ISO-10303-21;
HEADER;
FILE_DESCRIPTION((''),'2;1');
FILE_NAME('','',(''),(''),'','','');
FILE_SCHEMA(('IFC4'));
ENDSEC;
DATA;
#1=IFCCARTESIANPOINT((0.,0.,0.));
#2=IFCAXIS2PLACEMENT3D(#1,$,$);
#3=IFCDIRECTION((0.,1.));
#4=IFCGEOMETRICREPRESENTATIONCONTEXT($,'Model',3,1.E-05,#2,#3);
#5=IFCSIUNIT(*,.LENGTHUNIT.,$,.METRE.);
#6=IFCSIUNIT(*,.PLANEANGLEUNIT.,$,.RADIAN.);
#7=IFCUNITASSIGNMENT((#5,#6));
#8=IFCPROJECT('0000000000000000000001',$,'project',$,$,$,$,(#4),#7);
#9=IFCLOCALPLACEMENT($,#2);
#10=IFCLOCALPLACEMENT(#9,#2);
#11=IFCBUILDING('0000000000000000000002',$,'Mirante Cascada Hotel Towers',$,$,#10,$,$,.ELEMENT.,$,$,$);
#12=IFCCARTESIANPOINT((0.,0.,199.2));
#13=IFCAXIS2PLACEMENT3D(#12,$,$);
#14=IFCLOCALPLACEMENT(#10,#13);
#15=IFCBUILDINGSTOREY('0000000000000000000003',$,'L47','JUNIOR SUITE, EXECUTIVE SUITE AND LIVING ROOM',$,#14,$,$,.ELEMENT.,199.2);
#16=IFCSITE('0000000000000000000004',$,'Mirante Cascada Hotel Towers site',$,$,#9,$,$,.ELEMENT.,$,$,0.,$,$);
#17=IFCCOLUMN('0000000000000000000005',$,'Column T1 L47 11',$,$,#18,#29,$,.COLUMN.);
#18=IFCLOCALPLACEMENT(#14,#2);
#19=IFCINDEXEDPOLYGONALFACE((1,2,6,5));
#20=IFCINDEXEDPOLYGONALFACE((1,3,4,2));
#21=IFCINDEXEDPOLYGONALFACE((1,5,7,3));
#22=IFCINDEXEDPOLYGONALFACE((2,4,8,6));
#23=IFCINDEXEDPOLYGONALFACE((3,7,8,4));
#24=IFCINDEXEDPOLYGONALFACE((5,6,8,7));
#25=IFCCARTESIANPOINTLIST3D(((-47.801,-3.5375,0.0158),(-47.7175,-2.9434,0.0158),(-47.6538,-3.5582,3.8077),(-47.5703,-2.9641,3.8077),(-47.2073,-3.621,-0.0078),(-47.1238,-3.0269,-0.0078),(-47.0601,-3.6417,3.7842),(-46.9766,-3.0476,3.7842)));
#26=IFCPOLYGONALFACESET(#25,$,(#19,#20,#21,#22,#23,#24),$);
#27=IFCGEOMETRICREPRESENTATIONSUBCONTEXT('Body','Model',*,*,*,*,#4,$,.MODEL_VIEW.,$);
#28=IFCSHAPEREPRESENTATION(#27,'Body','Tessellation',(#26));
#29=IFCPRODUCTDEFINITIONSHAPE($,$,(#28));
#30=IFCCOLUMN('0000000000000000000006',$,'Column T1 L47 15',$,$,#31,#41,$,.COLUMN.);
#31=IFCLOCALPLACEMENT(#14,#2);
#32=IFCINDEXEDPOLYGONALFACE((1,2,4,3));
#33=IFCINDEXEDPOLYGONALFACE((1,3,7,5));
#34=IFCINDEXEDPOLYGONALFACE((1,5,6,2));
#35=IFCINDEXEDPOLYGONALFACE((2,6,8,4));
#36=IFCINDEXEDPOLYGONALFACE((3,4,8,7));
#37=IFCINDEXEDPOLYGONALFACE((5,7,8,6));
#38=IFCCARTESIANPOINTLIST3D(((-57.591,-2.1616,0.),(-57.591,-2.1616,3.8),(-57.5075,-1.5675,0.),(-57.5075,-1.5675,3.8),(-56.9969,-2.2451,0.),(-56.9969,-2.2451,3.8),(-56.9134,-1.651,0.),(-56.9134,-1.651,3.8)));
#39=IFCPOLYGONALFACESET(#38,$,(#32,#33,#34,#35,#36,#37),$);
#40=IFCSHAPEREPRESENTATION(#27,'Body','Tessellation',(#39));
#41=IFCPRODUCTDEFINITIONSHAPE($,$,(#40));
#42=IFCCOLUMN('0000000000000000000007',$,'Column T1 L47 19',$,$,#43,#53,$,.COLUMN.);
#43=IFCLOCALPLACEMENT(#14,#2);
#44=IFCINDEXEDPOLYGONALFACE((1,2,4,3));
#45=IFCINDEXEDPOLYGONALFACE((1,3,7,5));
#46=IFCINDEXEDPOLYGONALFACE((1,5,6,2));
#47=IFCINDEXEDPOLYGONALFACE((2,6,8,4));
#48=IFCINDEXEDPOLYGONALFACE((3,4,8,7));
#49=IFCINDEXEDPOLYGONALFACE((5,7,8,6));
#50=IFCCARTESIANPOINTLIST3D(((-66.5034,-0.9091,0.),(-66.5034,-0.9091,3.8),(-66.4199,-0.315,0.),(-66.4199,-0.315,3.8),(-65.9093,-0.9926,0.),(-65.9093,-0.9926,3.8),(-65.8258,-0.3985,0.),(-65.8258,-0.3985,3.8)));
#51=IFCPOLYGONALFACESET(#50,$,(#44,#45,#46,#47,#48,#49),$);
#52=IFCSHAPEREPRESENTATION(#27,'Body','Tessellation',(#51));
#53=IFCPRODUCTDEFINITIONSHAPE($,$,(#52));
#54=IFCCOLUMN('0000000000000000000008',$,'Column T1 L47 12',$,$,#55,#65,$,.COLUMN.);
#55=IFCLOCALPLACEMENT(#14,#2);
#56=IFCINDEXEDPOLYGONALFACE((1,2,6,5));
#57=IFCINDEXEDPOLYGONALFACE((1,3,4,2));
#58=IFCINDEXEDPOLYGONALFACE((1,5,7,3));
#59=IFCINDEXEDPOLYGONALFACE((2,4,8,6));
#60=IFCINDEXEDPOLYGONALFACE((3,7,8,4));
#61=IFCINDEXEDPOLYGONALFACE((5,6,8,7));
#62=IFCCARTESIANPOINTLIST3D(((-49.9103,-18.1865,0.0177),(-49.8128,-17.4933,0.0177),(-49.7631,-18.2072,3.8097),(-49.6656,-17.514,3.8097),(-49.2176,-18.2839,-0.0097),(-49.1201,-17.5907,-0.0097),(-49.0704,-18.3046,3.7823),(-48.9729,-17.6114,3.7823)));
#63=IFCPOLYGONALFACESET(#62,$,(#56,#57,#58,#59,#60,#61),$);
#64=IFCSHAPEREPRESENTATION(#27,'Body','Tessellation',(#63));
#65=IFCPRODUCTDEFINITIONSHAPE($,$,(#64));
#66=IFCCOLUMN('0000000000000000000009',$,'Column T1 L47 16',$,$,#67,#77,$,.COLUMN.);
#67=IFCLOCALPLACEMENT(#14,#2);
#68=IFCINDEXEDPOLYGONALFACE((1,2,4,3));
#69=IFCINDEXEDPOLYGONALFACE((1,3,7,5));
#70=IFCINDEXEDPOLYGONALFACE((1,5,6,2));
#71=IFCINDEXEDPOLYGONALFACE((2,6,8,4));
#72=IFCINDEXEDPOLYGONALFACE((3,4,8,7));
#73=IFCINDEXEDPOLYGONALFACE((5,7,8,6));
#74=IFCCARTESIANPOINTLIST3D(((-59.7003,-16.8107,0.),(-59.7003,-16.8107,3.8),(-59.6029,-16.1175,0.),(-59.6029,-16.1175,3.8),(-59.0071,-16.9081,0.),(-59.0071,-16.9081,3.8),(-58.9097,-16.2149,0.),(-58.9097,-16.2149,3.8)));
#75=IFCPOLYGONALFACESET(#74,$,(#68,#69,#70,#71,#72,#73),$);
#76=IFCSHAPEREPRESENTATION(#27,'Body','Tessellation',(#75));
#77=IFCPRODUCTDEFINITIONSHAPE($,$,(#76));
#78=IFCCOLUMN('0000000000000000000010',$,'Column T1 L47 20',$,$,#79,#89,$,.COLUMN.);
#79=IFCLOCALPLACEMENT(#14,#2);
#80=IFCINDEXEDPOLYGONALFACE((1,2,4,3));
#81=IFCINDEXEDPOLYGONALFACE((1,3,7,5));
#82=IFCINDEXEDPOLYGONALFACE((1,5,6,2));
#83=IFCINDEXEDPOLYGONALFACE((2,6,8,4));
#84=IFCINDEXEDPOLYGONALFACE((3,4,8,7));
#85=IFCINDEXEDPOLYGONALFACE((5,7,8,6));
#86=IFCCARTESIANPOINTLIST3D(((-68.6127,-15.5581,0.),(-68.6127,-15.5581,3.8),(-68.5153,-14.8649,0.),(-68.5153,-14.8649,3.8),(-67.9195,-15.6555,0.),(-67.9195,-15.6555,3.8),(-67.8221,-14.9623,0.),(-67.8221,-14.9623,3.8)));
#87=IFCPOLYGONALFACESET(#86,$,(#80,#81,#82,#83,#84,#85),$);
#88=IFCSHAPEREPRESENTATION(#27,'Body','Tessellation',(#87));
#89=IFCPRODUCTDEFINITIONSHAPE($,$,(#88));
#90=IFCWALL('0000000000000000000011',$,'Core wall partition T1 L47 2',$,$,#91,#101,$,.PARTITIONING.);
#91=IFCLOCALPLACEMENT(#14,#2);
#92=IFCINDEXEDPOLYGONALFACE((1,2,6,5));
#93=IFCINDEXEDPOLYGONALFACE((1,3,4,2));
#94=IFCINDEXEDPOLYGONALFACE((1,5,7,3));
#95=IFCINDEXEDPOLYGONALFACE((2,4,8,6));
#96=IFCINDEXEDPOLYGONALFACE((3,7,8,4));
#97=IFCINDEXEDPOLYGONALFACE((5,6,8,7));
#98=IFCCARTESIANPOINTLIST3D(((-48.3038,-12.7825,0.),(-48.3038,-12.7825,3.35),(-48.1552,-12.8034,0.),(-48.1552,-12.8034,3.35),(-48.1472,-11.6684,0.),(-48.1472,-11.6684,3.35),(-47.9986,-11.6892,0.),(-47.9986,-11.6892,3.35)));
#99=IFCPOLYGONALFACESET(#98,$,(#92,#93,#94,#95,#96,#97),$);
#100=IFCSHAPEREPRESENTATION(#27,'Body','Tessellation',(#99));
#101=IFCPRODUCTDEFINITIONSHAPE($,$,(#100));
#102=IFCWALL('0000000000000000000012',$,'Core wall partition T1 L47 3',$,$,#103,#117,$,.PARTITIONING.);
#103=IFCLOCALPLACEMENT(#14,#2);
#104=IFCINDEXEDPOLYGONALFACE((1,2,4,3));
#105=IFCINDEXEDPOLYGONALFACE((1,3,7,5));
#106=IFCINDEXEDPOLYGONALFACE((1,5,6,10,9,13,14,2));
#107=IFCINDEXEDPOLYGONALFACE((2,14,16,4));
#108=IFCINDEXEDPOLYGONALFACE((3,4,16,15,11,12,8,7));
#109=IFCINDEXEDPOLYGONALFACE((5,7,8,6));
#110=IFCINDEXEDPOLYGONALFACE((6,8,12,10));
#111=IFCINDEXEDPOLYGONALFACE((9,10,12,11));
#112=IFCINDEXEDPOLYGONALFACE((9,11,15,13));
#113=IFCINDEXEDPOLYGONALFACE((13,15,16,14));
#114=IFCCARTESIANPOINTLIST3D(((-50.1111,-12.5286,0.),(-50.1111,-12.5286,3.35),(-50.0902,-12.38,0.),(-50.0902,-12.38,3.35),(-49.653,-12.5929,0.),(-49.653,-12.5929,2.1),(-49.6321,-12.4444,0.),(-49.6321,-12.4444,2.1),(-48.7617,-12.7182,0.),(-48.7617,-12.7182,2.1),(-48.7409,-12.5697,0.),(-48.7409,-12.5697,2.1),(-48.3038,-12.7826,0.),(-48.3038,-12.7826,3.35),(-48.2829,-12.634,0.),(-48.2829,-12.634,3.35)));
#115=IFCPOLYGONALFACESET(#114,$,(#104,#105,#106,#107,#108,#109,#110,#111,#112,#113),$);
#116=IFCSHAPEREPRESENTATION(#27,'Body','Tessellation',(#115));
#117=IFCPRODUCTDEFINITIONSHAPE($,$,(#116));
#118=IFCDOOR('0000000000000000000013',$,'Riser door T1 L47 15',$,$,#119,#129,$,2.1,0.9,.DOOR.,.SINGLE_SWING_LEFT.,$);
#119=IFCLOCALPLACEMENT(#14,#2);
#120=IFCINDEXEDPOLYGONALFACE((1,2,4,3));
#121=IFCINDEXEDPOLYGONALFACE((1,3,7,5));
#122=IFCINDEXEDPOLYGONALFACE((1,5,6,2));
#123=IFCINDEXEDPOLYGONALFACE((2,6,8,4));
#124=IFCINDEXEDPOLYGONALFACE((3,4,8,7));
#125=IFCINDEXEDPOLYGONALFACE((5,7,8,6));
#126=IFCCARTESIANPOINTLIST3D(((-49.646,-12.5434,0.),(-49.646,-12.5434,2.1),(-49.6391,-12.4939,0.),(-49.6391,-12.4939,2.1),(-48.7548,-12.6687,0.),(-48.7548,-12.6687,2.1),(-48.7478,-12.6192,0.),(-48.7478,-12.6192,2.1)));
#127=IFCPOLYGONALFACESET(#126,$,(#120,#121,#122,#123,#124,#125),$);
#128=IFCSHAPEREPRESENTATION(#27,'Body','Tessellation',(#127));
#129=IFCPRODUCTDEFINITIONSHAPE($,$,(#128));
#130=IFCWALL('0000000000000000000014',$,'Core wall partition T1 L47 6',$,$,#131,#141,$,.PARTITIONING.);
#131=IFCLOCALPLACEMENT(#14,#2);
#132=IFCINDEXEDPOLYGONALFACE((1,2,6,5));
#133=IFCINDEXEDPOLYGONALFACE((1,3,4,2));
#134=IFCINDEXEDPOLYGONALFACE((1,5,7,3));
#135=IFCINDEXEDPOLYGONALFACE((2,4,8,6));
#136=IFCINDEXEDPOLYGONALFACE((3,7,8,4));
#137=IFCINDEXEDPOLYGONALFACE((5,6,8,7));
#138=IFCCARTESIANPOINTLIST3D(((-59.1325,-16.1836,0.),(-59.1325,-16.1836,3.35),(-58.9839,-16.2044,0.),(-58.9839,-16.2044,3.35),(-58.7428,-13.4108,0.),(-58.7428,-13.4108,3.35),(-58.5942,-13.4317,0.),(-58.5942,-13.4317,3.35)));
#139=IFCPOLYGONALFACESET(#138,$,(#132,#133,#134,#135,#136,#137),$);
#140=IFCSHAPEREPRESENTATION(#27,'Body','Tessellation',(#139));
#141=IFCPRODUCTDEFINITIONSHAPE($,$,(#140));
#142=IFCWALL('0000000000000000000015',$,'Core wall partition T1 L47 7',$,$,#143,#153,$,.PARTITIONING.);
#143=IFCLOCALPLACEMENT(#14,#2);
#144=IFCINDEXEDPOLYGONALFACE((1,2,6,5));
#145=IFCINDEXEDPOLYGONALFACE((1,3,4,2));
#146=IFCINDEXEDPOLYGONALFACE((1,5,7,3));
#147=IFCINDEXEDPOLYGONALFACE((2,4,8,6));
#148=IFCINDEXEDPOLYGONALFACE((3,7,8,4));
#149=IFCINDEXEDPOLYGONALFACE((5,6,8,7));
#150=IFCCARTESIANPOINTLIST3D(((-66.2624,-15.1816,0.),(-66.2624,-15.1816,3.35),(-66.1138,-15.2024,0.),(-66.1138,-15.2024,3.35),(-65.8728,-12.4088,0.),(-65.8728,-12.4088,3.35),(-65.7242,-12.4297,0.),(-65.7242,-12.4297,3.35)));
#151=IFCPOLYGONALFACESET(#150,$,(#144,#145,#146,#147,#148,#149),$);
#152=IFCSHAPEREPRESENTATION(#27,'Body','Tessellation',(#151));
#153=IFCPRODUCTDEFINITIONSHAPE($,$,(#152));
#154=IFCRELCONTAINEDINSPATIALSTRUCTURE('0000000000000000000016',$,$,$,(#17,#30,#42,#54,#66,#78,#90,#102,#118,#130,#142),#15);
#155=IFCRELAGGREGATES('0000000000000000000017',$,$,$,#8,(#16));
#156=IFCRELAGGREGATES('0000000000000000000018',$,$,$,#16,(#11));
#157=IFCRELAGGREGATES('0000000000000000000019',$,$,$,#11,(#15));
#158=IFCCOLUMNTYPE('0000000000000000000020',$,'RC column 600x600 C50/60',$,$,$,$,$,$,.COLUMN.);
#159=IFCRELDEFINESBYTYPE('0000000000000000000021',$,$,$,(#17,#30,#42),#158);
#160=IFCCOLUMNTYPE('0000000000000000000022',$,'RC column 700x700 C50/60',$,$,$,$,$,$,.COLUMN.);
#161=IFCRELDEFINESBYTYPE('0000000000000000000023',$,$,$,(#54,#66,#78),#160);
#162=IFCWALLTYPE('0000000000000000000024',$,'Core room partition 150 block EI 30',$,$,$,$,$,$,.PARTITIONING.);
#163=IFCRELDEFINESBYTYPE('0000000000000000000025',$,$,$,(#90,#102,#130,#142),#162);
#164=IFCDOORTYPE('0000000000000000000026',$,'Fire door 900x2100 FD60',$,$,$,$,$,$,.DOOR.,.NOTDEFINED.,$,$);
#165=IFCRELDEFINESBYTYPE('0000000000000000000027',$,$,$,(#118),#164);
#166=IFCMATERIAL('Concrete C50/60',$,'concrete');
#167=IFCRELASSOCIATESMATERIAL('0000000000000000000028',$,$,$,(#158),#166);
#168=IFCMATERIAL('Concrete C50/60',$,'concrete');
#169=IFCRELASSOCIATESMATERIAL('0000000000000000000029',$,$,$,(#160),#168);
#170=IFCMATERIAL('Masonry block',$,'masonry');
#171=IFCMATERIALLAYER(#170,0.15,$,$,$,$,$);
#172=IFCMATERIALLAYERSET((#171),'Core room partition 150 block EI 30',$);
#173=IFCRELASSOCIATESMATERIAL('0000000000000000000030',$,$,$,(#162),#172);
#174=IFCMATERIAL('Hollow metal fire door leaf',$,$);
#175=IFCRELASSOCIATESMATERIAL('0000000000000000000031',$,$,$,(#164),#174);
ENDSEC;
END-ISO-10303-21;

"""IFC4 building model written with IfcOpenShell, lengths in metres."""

from ifc_helpers import new_model, si_unit, direction, frame, frame_2d, origin, origin_2d, place, context, subcontext, project, spatial, rectangle, extrude, material, layer, layer_set, material_profile, profile_set, type_object, element, fill, save


model = new_model("IFC4")

# Units and contexts
model_context = context("Model", 3, precision=1e-05, world=origin(), true_north=direction((0.0, 1.0)))
body_context = subcontext(model_context, "Body", "Model", "MODEL_VIEW")
ifc_project = project(units=[si_unit("LENGTHUNIT", "METRE"), si_unit("PLANEANGLEUNIT", "RADIAN")], contexts=[model_context])

# Site, building, storey
site_placement = place(None, origin())
site = spatial("IfcSite", under=ifc_project, at=site_placement, Name="Mirante Cascada Hotel Towers site", CompositionType="ELEMENT", RefElevation=0.0)
building_placement = place(site_placement, origin())
building = spatial("IfcBuilding", under=site, at=building_placement, Name="Mirante Cascada Hotel Towers", CompositionType="ELEMENT")
storey_placement = place(building_placement, frame((0.0, 0.0, 199.2)))
storey = spatial("IfcBuildingStorey", under=building, at=storey_placement, Name="L47", Description="JUNIOR SUITE, EXECUTIVE SUITE AND LIVING ROOM", CompositionType="ELEMENT", Elevation=199.2)

# Columns
ifc_material_1 = material(Name="Concrete C50/60", Category="concrete")
ifc_material_profile_1 = material_profile(ifc_material_1, rectangle(XDim=0.6, YDim=0.6, at=origin_2d()), Name="RC column 600x600 C50/60")
ifc_profile_set_1 = profile_set([ifc_material_profile_1], Name="Concrete C50/60")
column_type_1 = type_object("IfcColumnType", Name="RC column 600x600 C50/60", PredefinedType="COLUMN", material=ifc_profile_set_1)
column_1_placement = place(storey_placement, frame((-47.4624, -3.2822, 0.004), z_axis=(0.038789, -0.005455, 0.999232), x_axis=(0.139255, 0.990257, 0.0)))
element("IfcColumn", 1, at=column_1_placement, inside=storey, type_object=column_type_1, Name="Column T1 L47 11", PredefinedType="COLUMN", context=body_context, shape_type="SweptSolid", body=[
    extrude(rectangle(XDim=0.6, YDim=0.6, at=origin_2d()), origin(), (0.0, 0.0, 1.0), 3.7949),
])
for number, where, z_axis, x_axis, name in (
    (2, (-57.2522, -1.9063, 0.0), (0.0, 0.0, 1.0), (-0.990268, 0.139173, 0.0), "Column T1 L47 15"),
    (3, (-66.1646, -0.6538, 0.0), (0.0, 0.0, 1.0), (-0.990268, 0.139173, 0.0), "Column T1 L47 19"),
):
    element("IfcColumn", number, at=place(storey_placement, frame(where, z_axis=z_axis, x_axis=x_axis)), inside=storey, type_object=column_type_1, Name=name, PredefinedType="COLUMN", context=body_context, shape_type="SweptSolid", body=[
        extrude(rectangle(XDim=0.6, YDim=0.6, at=origin_2d()), origin(), (0.0, 0.0, 1.0), 3.8),
    ])
ifc_material_2 = material(Name="Concrete C50/60", Category="concrete")
ifc_material_profile_2 = material_profile(ifc_material_2, rectangle(XDim=0.7, YDim=0.7, at=origin_2d()), Name="RC column 700x700 C50/60")
ifc_profile_set_2 = profile_set([ifc_material_profile_2], Name="Concrete C50/60")
column_type_2 = type_object("IfcColumnType", Name="RC column 700x700 C50/60", PredefinedType="COLUMN", material=ifc_profile_set_2)
column_2_placement = place(storey_placement, frame((-49.5152, -17.8886, 0.004), z_axis=(0.038789, -0.005455, 0.999232), x_axis=(0.139255, 0.990257, 0.0)))
element("IfcColumn", 4, at=column_2_placement, inside=storey, type_object=column_type_2, Name="Column T1 L47 12", PredefinedType="COLUMN", context=body_context, shape_type="SweptSolid", body=[
    extrude(rectangle(XDim=0.7, YDim=0.7, at=origin_2d()), origin(), (0.0, 0.0, 1.0), 3.7949),
])
for number, where, z_axis, x_axis, name in (
    (5, (-59.305, -16.5128, 0.0), (0.0, 0.0, 1.0), (-0.990268, 0.139173, 0.0), "Column T1 L47 16"),
    (6, (-68.2174, -15.2602, 0.0), (0.0, 0.0, 1.0), (-0.990268, 0.139173, 0.0), "Column T1 L47 20"),
):
    element("IfcColumn", number, at=place(storey_placement, frame(where, z_axis=z_axis, x_axis=x_axis)), inside=storey, type_object=column_type_2, Name=name, PredefinedType="COLUMN", context=body_context, shape_type="SweptSolid", body=[
        extrude(rectangle(XDim=0.7, YDim=0.7, at=origin_2d()), origin(), (0.0, 0.0, 1.0), 3.8),
    ])

# Wall
ifc_material_3 = material(Name="Masonry block", Category="masonry")
ifc_layer_1 = layer(ifc_material_3, 0.15)
ifc_layer_set_1 = layer_set([ifc_layer_1], Name="Core room partition 150 block EI 30")
wall_type_1 = type_object("IfcWallType", Name="Core room partition 150 block EI 30", PredefinedType="PARTITIONING", material=ifc_layer_set_1)
wall_1_placement = place(storey_placement, frame((-48.2295, -12.793, 0.0), z_axis=(0.0, 0.0, 1.0), x_axis=(0.139193, 0.990265, 0.0)))
element("IfcWall", 7, at=wall_1_placement, inside=storey, type_object=wall_type_1, Name="Core wall partition T1 L47 2", PredefinedType="PARTITIONING", context=body_context, shape_type="SweptSolid", body=[
    extrude(rectangle(XDim=1.1251, YDim=0.15, at=frame_2d((0.5626, 0.0))), origin(), (0.0, 0.0, 1.0), 3.35),
])

# Wall, opening, door
wall_2_placement = place(storey_placement, frame((-48.2933, -12.7083, 0.0), z_axis=(0.0, 0.0, 1.0), x_axis=(-0.990268, 0.139173, 0.0)))
wall_2 = element("IfcWall", 8, at=wall_2_placement, inside=storey, type_object=wall_type_1, Name="Core wall partition T1 L47 3", PredefinedType="PARTITIONING", context=body_context, shape_type="SweptSolid", body=[
    extrude(rectangle(XDim=1.8251, YDim=0.15, at=frame_2d((0.9126, 0.0))), origin(), (0.0, 0.0, 1.0), 3.35),
])
opening_1_placement = place(wall_2_placement, frame((0.4625, 0.0, 0.0)))
opening_1 = element("IfcOpeningElement", 9, at=opening_1_placement, cuts=wall_2, PredefinedType="OPENING", context=body_context, shape_type="SweptSolid", body=[
    extrude(rectangle(XDim=0.9, YDim=2.1, at=frame_2d((0.45, 1.05))), frame((0.0, 0.075, 0.0), z_axis=(0.0, -1.0, 0.0), x_axis=(1.0, 0.0, 0.0)), (0.0, 0.0, 1.0), 0.15),
])
ifc_material_4 = material(Name="Hollow metal fire door leaf")
door_type_1 = type_object("IfcDoorType", Name="Fire door 900x2100 FD60", OperationType="NOTDEFINED", PredefinedType="DOOR", material=ifc_material_4)
door_1_placement = place(opening_1_placement, origin())
door_1 = element("IfcDoor", 10, at=door_1_placement, inside=storey, type_object=door_type_1, Name="Riser door T1 L47 15", OperationType="SINGLE_SWING_LEFT", OverallHeight=2.1, OverallWidth=0.9, PredefinedType="DOOR", context=body_context, shape_type="SweptSolid", body=[
    extrude(rectangle(XDim=0.9, YDim=2.1, at=frame_2d((0.45, 1.05))), frame((0.0, 0.025, 0.0), z_axis=(0.0, -1.0, 0.0), x_axis=(1.0, 0.0, 0.0)), (0.0, 0.0, 1.0), 0.05),
])
fill(opening_1, door_1)

# Walls
for number, where, z_axis, x_axis, name in (
    (11, (-59.0582, -16.194, 0.0), (0.0, 0.0, 1.0), (0.139181, 0.990267, 0.0), "Core wall partition T1 L47 6"),
    (12, (-66.1881, -15.192, 0.0), (0.0, 0.0, 1.0), (0.139141, 0.990273, 0.0), "Core wall partition T1 L47 7"),
):
    element("IfcWall", number, at=place(storey_placement, frame(where, z_axis=z_axis, x_axis=x_axis)), inside=storey, type_object=wall_type_1, Name=name, PredefinedType="PARTITIONING", context=body_context, shape_type="SweptSolid", body=[
        extrude(rectangle(XDim=2.8, YDim=0.15, at=frame_2d((1.4, 0.0))), origin(), (0.0, 0.0, 1.0), 3.35),
    ])

save(model, "model.ifc")
